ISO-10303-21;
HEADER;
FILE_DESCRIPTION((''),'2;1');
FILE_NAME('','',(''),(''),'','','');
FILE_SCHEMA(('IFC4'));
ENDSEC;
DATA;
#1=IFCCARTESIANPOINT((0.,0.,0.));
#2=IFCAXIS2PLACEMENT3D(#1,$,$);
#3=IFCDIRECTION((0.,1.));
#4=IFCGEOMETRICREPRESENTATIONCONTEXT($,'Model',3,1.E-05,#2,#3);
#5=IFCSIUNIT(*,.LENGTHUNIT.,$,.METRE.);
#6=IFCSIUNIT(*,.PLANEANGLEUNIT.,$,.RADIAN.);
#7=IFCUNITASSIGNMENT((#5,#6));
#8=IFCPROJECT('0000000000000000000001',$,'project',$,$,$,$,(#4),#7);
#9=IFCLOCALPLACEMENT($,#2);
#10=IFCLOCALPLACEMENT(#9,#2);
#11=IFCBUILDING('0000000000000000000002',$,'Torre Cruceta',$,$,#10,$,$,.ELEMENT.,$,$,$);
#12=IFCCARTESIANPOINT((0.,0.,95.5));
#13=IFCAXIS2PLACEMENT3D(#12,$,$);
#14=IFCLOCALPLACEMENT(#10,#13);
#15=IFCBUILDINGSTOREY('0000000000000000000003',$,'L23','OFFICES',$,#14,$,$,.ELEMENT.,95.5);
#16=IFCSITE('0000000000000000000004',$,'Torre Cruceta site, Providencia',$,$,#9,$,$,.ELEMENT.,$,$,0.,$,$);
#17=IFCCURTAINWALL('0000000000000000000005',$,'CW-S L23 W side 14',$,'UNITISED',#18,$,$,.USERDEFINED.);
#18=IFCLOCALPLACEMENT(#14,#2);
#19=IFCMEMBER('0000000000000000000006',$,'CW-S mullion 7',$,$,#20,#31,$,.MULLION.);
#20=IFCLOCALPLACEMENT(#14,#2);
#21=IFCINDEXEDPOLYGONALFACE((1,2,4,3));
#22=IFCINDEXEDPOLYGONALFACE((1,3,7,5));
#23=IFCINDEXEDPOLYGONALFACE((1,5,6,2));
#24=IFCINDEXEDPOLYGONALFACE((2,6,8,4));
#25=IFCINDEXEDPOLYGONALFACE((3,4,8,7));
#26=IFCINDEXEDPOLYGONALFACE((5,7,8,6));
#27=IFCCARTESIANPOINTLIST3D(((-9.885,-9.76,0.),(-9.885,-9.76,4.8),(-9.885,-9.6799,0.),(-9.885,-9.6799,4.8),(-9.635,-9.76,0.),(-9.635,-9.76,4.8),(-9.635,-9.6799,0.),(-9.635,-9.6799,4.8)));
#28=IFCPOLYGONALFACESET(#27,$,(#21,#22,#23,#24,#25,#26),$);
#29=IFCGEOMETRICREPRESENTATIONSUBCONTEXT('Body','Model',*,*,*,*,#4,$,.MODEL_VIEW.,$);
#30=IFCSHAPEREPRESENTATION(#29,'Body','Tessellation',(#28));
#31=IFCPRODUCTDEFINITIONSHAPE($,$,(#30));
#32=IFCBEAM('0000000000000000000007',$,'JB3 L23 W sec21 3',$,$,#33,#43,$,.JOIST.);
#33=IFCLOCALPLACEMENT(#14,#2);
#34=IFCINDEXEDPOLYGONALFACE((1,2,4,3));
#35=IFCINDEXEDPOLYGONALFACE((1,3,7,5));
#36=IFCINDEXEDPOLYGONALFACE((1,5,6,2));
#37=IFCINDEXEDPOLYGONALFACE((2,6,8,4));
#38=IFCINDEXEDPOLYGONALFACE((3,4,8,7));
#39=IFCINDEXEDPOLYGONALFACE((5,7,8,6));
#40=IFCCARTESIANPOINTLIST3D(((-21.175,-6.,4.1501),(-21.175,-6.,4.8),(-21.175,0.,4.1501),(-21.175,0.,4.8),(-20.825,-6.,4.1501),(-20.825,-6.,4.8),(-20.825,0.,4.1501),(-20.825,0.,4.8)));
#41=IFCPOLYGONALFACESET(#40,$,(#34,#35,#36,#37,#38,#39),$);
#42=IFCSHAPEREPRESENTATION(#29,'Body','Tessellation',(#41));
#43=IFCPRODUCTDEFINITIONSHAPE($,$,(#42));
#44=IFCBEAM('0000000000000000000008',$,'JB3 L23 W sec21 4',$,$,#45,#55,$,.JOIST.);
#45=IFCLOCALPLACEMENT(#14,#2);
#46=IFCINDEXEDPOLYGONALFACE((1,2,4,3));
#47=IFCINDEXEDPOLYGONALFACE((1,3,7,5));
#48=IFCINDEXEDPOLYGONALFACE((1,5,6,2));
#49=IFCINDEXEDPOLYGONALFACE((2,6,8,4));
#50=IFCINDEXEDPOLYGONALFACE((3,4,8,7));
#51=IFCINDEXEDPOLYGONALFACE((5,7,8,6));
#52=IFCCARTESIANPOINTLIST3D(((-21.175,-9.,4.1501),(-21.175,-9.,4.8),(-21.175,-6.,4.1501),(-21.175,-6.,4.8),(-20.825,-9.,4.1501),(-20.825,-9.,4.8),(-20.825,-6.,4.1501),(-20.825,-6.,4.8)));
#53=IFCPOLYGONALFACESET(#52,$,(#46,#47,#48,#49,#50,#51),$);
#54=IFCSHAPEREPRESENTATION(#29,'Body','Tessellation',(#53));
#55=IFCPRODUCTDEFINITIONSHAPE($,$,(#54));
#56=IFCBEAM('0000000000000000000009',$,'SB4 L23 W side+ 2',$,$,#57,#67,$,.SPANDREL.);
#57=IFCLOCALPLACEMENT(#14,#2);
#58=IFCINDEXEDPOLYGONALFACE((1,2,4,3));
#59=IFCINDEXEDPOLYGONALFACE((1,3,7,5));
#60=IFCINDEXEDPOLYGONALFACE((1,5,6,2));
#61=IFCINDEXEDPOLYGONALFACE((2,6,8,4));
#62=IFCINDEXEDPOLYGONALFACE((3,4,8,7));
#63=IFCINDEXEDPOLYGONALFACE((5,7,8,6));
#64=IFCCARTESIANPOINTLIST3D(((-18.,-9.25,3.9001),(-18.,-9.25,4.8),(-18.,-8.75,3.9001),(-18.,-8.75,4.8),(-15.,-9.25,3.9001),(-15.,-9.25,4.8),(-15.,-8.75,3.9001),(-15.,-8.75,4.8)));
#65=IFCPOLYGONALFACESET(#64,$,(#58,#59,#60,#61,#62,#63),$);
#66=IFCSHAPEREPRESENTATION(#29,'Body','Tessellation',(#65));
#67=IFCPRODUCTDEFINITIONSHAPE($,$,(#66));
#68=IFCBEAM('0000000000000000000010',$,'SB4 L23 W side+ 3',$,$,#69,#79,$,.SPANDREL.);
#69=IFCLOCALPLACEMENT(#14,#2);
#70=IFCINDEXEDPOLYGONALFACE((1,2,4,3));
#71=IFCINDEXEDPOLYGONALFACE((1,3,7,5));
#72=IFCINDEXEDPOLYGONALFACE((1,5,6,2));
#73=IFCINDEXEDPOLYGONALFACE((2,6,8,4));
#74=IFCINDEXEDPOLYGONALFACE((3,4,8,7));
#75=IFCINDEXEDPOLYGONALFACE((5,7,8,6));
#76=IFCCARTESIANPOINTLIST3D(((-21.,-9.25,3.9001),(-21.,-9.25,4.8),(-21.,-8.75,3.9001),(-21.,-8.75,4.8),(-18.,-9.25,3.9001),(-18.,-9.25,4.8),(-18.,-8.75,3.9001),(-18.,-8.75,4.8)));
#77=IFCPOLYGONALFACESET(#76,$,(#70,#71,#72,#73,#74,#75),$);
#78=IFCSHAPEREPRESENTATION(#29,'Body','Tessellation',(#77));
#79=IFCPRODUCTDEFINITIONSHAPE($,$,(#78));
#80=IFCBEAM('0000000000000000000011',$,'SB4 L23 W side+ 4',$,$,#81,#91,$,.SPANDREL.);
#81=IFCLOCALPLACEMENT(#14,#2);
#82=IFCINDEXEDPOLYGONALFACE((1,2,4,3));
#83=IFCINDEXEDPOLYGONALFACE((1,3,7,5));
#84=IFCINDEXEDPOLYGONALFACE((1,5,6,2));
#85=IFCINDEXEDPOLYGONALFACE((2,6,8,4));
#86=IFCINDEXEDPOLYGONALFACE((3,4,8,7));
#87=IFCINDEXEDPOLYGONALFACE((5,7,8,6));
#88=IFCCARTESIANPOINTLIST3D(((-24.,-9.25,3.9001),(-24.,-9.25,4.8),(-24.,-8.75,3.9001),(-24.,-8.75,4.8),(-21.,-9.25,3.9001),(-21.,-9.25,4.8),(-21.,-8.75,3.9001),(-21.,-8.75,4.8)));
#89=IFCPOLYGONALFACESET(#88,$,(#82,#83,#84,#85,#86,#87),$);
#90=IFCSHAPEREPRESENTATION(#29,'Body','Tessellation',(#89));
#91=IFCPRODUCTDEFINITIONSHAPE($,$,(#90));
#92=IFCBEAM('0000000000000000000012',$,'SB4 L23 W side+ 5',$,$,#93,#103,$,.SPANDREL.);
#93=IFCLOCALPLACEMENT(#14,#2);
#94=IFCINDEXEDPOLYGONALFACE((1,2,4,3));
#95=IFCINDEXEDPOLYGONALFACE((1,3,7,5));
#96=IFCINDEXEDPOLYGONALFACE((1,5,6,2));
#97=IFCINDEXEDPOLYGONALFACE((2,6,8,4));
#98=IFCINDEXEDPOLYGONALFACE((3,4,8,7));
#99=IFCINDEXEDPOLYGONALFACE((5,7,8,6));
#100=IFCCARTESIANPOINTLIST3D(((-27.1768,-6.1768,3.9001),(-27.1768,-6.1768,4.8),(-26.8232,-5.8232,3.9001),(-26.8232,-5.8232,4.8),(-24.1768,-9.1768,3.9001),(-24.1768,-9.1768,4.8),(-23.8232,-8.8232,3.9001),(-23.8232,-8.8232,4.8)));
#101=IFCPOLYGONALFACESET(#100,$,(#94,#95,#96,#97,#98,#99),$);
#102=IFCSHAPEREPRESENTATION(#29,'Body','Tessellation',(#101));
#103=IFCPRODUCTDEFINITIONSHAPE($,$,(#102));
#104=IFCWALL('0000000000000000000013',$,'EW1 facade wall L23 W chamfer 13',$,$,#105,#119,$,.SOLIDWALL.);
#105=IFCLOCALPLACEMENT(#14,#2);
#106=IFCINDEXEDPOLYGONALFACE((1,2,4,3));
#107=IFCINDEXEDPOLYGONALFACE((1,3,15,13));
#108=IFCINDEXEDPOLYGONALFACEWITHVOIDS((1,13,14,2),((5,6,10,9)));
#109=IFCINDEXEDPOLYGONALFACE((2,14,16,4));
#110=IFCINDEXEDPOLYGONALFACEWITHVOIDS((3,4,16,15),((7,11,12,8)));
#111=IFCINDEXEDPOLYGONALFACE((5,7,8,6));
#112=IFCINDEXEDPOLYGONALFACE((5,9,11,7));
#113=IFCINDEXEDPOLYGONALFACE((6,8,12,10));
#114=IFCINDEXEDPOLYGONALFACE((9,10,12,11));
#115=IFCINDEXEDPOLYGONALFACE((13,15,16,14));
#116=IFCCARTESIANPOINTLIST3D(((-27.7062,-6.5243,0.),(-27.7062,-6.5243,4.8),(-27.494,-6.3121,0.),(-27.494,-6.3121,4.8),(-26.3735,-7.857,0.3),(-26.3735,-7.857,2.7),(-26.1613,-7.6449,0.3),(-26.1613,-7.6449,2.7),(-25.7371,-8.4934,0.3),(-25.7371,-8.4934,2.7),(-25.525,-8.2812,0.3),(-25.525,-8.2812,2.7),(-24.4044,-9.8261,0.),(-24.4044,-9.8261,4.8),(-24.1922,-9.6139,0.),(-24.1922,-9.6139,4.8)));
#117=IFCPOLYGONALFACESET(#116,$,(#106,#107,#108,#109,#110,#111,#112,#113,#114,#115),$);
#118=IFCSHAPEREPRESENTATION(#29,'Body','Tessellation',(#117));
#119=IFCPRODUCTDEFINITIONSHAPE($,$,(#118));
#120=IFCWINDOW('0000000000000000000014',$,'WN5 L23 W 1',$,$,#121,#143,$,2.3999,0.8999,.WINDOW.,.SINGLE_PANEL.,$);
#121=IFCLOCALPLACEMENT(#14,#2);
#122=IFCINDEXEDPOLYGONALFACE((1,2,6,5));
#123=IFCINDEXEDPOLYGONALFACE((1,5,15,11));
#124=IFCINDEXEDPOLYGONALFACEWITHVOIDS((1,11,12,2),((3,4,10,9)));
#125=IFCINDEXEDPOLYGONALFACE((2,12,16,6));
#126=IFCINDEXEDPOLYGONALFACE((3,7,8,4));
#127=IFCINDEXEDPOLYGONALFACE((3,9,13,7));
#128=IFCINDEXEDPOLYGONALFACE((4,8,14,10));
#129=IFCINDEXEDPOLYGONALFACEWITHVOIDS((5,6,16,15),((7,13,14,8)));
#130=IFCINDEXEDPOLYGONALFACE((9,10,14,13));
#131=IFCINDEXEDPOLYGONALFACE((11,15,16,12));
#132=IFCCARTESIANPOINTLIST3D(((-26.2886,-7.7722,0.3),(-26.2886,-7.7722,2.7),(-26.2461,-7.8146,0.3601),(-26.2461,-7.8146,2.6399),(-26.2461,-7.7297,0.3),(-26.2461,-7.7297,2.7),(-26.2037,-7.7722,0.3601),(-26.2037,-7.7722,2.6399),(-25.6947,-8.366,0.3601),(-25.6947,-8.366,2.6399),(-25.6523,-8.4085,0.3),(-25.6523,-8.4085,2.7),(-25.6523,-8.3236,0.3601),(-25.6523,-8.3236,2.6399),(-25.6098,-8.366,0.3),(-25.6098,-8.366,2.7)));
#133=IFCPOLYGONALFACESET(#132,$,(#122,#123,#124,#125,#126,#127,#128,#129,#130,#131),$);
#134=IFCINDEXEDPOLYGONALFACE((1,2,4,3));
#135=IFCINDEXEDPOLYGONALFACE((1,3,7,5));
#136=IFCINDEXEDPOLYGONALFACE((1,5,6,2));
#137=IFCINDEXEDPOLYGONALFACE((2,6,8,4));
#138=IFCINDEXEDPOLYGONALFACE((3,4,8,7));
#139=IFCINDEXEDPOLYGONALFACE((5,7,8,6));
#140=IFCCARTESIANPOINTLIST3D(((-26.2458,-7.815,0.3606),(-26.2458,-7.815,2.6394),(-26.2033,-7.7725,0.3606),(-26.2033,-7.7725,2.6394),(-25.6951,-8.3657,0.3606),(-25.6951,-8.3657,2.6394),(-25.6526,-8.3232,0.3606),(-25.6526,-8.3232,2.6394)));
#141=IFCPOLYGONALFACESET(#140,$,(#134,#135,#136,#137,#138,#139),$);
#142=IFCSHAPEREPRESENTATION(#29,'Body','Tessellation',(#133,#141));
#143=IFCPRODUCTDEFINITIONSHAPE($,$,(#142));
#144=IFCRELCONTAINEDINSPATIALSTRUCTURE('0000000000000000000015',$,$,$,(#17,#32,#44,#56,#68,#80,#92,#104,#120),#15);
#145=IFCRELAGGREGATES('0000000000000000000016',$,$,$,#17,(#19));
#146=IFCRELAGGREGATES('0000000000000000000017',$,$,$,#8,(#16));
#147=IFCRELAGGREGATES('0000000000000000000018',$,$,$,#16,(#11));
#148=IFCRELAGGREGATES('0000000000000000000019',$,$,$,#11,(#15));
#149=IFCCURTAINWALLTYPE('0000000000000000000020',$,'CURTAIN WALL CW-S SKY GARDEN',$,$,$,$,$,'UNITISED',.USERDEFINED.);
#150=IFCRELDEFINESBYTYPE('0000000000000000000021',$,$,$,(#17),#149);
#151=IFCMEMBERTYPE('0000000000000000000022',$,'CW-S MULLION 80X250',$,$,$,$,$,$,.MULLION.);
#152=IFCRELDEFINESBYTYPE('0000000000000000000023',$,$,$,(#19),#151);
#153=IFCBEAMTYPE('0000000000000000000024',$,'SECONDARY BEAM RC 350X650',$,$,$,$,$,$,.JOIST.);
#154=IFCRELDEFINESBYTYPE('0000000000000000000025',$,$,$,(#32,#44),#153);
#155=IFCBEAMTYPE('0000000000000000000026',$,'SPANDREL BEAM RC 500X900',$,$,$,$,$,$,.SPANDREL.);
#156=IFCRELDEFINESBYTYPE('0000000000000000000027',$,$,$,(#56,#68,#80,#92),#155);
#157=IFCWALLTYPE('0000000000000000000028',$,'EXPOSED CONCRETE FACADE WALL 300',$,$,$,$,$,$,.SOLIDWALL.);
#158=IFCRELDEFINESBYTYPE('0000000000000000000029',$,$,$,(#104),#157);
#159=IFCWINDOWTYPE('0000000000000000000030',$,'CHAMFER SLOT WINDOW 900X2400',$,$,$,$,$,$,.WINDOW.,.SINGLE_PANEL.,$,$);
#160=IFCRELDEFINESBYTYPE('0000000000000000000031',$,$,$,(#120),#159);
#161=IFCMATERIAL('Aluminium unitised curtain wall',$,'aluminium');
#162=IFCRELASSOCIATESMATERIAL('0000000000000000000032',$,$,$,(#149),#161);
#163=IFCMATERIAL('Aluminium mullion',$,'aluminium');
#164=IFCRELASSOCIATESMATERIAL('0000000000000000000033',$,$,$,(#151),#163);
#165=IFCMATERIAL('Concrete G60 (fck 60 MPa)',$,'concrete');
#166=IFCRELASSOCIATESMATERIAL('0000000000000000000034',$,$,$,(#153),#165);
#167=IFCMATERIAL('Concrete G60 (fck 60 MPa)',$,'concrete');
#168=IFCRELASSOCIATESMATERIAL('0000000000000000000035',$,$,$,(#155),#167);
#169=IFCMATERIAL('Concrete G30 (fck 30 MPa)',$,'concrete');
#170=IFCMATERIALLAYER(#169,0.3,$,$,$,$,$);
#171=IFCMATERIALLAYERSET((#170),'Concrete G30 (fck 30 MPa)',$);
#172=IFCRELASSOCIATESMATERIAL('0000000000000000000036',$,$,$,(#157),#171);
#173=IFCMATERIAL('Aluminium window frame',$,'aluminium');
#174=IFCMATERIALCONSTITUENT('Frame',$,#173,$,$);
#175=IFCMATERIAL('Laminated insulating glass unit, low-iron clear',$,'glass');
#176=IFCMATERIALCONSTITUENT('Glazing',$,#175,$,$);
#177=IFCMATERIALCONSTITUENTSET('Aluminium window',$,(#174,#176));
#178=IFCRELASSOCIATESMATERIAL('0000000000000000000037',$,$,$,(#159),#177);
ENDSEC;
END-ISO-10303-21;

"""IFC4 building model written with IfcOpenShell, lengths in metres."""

from ifc_helpers import new_model, si_unit, direction, frame, frame_2d, origin, origin_2d, place, context, subcontext, project, spatial, rectangle, hollow_rectangle, extrude, material, layer, layer_set, constituent, constituent_set, material_profile, profile_set, type_object, element, fill, aggregate, save


model = new_model("IFC4")

# Units and contexts
model_context = context("Model", 3, precision=1e-05, world=origin(), true_north=direction((0.0, 1.0)))
body_context = subcontext(model_context, "Body", "Model", "MODEL_VIEW")
ifc_project = project(units=[si_unit("LENGTHUNIT", "METRE"), si_unit("PLANEANGLEUNIT", "RADIAN")], contexts=[model_context])

# Site, building, storey
site_placement = place(None, origin())
site = spatial("IfcSite", under=ifc_project, at=site_placement, Name="Torre Cruceta site, Providencia", CompositionType="ELEMENT", RefElevation=0.0)
building_placement = place(site_placement, origin())
building = spatial("IfcBuilding", under=site, at=building_placement, Name="Torre Cruceta", CompositionType="ELEMENT")
storey_placement = place(building_placement, frame((0.0, 0.0, 95.5)))
storey = spatial("IfcBuildingStorey", under=building, at=storey_placement, Name="L23", Description="OFFICES", CompositionType="ELEMENT", Elevation=95.5)

# Curtain wall, member
ifc_material_1 = material(Name="Aluminium unitised curtain wall", Category="aluminium")
curtain_wall_type = type_object("IfcCurtainWallType", Name="CURTAIN WALL CW-S SKY GARDEN", ElementType="UNITISED", PredefinedType="USERDEFINED", material=ifc_material_1)
curtain_wall_placement = place(storey_placement, origin())
curtain_wall = element("IfcCurtainWall", 1, at=curtain_wall_placement, inside=storey, type_object=curtain_wall_type, Name="CW-S L23 W side 14", ObjectType="UNITISED", PredefinedType="USERDEFINED")
ifc_material_2 = material(Name="Aluminium mullion", Category="aluminium")
ifc_material_profile_1 = material_profile(ifc_material_2, rectangle(XDim=0.0801, YDim=0.25, at=origin_2d()), Name="AL 80X250")
ifc_profile_set_1 = profile_set([ifc_material_profile_1], Name="Aluminium mullion")
member_type = type_object("IfcMemberType", Name="CW-S MULLION 80X250", PredefinedType="MULLION", material=ifc_profile_set_1)
member_placement = place(storey_placement, frame((-9.76, -9.72, 0.0), z_axis=(0.0, 0.0, 1.0), x_axis=(0.0, 1.0, 0.0)))
member = element("IfcMember", 2, at=member_placement, type_object=member_type, Name="CW-S mullion 7", PredefinedType="MULLION", context=body_context, shape_type="SweptSolid", body=[
    extrude(rectangle(XDim=0.0801, YDim=0.25, at=origin_2d()), origin(), (0.0, 0.0, 1.0), 4.8),
])
aggregate(curtain_wall, [member])

# Beams
ifc_material_3 = material(Name="Concrete G60 (fck 60 MPa)", Category="concrete")
ifc_material_profile_2 = material_profile(ifc_material_3, rectangle(XDim=0.3501, YDim=0.6499, at=origin_2d()), Name="RC 350X650")
ifc_profile_set_2 = profile_set([ifc_material_profile_2], Name="Concrete G60 (fck 60 MPa)")
beam_type_1 = type_object("IfcBeamType", Name="SECONDARY BEAM RC 350X650", PredefinedType="JOIST", material=ifc_profile_set_2)
beam_1_placement = place(storey_placement, frame((-21.0, 0.0, 4.4751), z_axis=(0.0, -1.0, 0.0), x_axis=(1.0, 0.0, 0.0)))
element("IfcBeam", 3, at=beam_1_placement, inside=storey, type_object=beam_type_1, Name="JB3 L23 W sec21 3", PredefinedType="JOIST", context=body_context, shape_type="SweptSolid", body=[
    extrude(rectangle(XDim=0.3501, YDim=0.6499, at=origin_2d()), origin(), (0.0, 0.0, 1.0), 6.0),
])
beam_2_placement = place(storey_placement, frame((-21.0, -6.0, 4.4751), z_axis=(0.0, -1.0, 0.0), x_axis=(1.0, 0.0, 0.0)))
element("IfcBeam", 4, at=beam_2_placement, inside=storey, type_object=beam_type_1, Name="JB3 L23 W sec21 4", PredefinedType="JOIST", context=body_context, shape_type="SweptSolid", body=[
    extrude(rectangle(XDim=0.3501, YDim=0.6499, at=origin_2d()), origin(), (0.0, 0.0, 1.0), 3.0),
])
ifc_material_4 = material(Name="Concrete G60 (fck 60 MPa)", Category="concrete")
ifc_material_profile_3 = material_profile(ifc_material_4, rectangle(XDim=0.5, YDim=0.8999, at=origin_2d()), Name="RC 500X900")
ifc_profile_set_3 = profile_set([ifc_material_profile_3], Name="Concrete G60 (fck 60 MPa)")
beam_type_2 = type_object("IfcBeamType", Name="SPANDREL BEAM RC 500X900", PredefinedType="SPANDREL", material=ifc_profile_set_3)
for number, where, z_axis, x_axis, name in (
    (5, (-15.0, -9.0, 4.3501), (-1.0, 0.0, 0.0), (0.0, -1.0, 0.0), "SB4 L23 W side+ 2"),
    (6, (-18.0, -9.0, 4.3501), (-1.0, 0.0, 0.0), (0.0, -1.0, 0.0), "SB4 L23 W side+ 3"),
    (7, (-21.0, -9.0, 4.3501), (-1.0, 0.0, 0.0), (0.0, -1.0, 0.0), "SB4 L23 W side+ 4"),
):
    element("IfcBeam", number, at=place(storey_placement, frame(where, z_axis=z_axis, x_axis=x_axis)), inside=storey, type_object=beam_type_2, Name=name, PredefinedType="SPANDREL", context=body_context, shape_type="SweptSolid", body=[
        extrude(rectangle(XDim=0.5, YDim=0.8999, at=origin_2d()), origin(), (0.0, 0.0, 1.0), 3.0),
    ])
beam_3_placement = place(storey_placement, frame((-24.0, -9.0, 4.3501), z_axis=(-0.707107, 0.707107, 0.0), x_axis=(-0.707107, -0.707107, 0.0)))
element("IfcBeam", 8, at=beam_3_placement, inside=storey, type_object=beam_type_2, Name="SB4 L23 W side+ 5", PredefinedType="SPANDREL", context=body_context, shape_type="SweptSolid", body=[
    extrude(rectangle(XDim=0.5, YDim=0.8999, at=origin_2d()), origin(), (0.0, 0.0, 1.0), 4.2427),
])

# Wall, opening, window
ifc_material_5 = material(Name="Concrete G30 (fck 30 MPa)", Category="concrete")
ifc_layer_1 = layer(ifc_material_5, 0.3)
ifc_layer_set_1 = layer_set([ifc_layer_1], Name="Concrete G30 (fck 30 MPa)")
wall_type_1 = type_object("IfcWallType", Name="EXPOSED CONCRETE FACADE WALL 300", PredefinedType="SOLIDWALL", material=ifc_layer_set_1)
wall_1_placement = place(storey_placement, frame((-27.6001, -6.4182, 0.0), z_axis=(0.0, 0.0, 1.0), x_axis=(0.707107, -0.707107, 0.0)))
wall_1 = element("IfcWall", 9, at=wall_1_placement, inside=storey, type_object=wall_type_1, Name="EW1 facade wall L23 W chamfer 13", PredefinedType="SOLIDWALL", context=body_context, shape_type="SweptSolid", body=[
    extrude(rectangle(XDim=4.6694, YDim=0.3, at=frame_2d((2.3347, 0.0))), origin(), (0.0, 0.0, 1.0), 4.8),
])
opening_1_placement = place(wall_1_placement, frame((1.8848, 0.0, 0.3)))
opening_1 = element("IfcOpeningElement", 10, at=opening_1_placement, cuts=wall_1, PredefinedType="OPENING", context=body_context, shape_type="SweptSolid", body=[
    extrude(rectangle(XDim=0.8999, YDim=2.3999, at=frame_2d((0.45, 1.2))), frame((0.0, 0.1599, 0.0), z_axis=(0.0, -1.0, 0.0), x_axis=(1.0, 0.0, 0.0)), (0.0, 0.0, 1.0), 0.3201),
])
ifc_material_6 = material(Name="Aluminium window frame", Category="aluminium")
ifc_constituent_1 = constituent(ifc_material_6, Name="Frame")
ifc_material_7 = material(Name="Laminated insulating glass unit, low-iron clear", Category="glass")
ifc_constituent_2 = constituent(ifc_material_7, Name="Glazing")
ifc_constituent_set_1 = constituent_set(constituents=[ifc_constituent_1, ifc_constituent_2], Name="Aluminium window")
window_type = type_object("IfcWindowType", Name="CHAMFER SLOT WINDOW 900X2400", PartitioningType="SINGLE_PANEL", PredefinedType="WINDOW", material=ifc_constituent_set_1)
window_placement = place(opening_1_placement, origin())
window = element("IfcWindow", 11, at=window_placement, inside=storey, type_object=window_type, Name="WN5 L23 W 1", OverallHeight=2.3999, OverallWidth=0.8999, PartitioningType="SINGLE_PANEL", PredefinedType="WINDOW", context=body_context, shape_type="SweptSolid", body=[
    extrude(hollow_rectangle(XDim=0.8999, YDim=2.3999, WallThickness=0.0601, at=frame_2d((0.45, 1.2))), frame((0.0, 0.03, 0.0), z_axis=(0.0, -1.0, 0.0), x_axis=(1.0, 0.0, 0.0)), (0.0, 0.0, 1.0), 0.0601),
    extrude(rectangle(XDim=0.7788, YDim=2.2788, at=frame_2d((0.45, 1.2))), frame((0.0, 0.03, 0.0), z_axis=(0.0, -1.0, 0.0), x_axis=(1.0, 0.0, 0.0)), (0.0, 0.0, 1.0), 0.0601),
])
fill(opening_1, window)

save(model, "model.ifc")
